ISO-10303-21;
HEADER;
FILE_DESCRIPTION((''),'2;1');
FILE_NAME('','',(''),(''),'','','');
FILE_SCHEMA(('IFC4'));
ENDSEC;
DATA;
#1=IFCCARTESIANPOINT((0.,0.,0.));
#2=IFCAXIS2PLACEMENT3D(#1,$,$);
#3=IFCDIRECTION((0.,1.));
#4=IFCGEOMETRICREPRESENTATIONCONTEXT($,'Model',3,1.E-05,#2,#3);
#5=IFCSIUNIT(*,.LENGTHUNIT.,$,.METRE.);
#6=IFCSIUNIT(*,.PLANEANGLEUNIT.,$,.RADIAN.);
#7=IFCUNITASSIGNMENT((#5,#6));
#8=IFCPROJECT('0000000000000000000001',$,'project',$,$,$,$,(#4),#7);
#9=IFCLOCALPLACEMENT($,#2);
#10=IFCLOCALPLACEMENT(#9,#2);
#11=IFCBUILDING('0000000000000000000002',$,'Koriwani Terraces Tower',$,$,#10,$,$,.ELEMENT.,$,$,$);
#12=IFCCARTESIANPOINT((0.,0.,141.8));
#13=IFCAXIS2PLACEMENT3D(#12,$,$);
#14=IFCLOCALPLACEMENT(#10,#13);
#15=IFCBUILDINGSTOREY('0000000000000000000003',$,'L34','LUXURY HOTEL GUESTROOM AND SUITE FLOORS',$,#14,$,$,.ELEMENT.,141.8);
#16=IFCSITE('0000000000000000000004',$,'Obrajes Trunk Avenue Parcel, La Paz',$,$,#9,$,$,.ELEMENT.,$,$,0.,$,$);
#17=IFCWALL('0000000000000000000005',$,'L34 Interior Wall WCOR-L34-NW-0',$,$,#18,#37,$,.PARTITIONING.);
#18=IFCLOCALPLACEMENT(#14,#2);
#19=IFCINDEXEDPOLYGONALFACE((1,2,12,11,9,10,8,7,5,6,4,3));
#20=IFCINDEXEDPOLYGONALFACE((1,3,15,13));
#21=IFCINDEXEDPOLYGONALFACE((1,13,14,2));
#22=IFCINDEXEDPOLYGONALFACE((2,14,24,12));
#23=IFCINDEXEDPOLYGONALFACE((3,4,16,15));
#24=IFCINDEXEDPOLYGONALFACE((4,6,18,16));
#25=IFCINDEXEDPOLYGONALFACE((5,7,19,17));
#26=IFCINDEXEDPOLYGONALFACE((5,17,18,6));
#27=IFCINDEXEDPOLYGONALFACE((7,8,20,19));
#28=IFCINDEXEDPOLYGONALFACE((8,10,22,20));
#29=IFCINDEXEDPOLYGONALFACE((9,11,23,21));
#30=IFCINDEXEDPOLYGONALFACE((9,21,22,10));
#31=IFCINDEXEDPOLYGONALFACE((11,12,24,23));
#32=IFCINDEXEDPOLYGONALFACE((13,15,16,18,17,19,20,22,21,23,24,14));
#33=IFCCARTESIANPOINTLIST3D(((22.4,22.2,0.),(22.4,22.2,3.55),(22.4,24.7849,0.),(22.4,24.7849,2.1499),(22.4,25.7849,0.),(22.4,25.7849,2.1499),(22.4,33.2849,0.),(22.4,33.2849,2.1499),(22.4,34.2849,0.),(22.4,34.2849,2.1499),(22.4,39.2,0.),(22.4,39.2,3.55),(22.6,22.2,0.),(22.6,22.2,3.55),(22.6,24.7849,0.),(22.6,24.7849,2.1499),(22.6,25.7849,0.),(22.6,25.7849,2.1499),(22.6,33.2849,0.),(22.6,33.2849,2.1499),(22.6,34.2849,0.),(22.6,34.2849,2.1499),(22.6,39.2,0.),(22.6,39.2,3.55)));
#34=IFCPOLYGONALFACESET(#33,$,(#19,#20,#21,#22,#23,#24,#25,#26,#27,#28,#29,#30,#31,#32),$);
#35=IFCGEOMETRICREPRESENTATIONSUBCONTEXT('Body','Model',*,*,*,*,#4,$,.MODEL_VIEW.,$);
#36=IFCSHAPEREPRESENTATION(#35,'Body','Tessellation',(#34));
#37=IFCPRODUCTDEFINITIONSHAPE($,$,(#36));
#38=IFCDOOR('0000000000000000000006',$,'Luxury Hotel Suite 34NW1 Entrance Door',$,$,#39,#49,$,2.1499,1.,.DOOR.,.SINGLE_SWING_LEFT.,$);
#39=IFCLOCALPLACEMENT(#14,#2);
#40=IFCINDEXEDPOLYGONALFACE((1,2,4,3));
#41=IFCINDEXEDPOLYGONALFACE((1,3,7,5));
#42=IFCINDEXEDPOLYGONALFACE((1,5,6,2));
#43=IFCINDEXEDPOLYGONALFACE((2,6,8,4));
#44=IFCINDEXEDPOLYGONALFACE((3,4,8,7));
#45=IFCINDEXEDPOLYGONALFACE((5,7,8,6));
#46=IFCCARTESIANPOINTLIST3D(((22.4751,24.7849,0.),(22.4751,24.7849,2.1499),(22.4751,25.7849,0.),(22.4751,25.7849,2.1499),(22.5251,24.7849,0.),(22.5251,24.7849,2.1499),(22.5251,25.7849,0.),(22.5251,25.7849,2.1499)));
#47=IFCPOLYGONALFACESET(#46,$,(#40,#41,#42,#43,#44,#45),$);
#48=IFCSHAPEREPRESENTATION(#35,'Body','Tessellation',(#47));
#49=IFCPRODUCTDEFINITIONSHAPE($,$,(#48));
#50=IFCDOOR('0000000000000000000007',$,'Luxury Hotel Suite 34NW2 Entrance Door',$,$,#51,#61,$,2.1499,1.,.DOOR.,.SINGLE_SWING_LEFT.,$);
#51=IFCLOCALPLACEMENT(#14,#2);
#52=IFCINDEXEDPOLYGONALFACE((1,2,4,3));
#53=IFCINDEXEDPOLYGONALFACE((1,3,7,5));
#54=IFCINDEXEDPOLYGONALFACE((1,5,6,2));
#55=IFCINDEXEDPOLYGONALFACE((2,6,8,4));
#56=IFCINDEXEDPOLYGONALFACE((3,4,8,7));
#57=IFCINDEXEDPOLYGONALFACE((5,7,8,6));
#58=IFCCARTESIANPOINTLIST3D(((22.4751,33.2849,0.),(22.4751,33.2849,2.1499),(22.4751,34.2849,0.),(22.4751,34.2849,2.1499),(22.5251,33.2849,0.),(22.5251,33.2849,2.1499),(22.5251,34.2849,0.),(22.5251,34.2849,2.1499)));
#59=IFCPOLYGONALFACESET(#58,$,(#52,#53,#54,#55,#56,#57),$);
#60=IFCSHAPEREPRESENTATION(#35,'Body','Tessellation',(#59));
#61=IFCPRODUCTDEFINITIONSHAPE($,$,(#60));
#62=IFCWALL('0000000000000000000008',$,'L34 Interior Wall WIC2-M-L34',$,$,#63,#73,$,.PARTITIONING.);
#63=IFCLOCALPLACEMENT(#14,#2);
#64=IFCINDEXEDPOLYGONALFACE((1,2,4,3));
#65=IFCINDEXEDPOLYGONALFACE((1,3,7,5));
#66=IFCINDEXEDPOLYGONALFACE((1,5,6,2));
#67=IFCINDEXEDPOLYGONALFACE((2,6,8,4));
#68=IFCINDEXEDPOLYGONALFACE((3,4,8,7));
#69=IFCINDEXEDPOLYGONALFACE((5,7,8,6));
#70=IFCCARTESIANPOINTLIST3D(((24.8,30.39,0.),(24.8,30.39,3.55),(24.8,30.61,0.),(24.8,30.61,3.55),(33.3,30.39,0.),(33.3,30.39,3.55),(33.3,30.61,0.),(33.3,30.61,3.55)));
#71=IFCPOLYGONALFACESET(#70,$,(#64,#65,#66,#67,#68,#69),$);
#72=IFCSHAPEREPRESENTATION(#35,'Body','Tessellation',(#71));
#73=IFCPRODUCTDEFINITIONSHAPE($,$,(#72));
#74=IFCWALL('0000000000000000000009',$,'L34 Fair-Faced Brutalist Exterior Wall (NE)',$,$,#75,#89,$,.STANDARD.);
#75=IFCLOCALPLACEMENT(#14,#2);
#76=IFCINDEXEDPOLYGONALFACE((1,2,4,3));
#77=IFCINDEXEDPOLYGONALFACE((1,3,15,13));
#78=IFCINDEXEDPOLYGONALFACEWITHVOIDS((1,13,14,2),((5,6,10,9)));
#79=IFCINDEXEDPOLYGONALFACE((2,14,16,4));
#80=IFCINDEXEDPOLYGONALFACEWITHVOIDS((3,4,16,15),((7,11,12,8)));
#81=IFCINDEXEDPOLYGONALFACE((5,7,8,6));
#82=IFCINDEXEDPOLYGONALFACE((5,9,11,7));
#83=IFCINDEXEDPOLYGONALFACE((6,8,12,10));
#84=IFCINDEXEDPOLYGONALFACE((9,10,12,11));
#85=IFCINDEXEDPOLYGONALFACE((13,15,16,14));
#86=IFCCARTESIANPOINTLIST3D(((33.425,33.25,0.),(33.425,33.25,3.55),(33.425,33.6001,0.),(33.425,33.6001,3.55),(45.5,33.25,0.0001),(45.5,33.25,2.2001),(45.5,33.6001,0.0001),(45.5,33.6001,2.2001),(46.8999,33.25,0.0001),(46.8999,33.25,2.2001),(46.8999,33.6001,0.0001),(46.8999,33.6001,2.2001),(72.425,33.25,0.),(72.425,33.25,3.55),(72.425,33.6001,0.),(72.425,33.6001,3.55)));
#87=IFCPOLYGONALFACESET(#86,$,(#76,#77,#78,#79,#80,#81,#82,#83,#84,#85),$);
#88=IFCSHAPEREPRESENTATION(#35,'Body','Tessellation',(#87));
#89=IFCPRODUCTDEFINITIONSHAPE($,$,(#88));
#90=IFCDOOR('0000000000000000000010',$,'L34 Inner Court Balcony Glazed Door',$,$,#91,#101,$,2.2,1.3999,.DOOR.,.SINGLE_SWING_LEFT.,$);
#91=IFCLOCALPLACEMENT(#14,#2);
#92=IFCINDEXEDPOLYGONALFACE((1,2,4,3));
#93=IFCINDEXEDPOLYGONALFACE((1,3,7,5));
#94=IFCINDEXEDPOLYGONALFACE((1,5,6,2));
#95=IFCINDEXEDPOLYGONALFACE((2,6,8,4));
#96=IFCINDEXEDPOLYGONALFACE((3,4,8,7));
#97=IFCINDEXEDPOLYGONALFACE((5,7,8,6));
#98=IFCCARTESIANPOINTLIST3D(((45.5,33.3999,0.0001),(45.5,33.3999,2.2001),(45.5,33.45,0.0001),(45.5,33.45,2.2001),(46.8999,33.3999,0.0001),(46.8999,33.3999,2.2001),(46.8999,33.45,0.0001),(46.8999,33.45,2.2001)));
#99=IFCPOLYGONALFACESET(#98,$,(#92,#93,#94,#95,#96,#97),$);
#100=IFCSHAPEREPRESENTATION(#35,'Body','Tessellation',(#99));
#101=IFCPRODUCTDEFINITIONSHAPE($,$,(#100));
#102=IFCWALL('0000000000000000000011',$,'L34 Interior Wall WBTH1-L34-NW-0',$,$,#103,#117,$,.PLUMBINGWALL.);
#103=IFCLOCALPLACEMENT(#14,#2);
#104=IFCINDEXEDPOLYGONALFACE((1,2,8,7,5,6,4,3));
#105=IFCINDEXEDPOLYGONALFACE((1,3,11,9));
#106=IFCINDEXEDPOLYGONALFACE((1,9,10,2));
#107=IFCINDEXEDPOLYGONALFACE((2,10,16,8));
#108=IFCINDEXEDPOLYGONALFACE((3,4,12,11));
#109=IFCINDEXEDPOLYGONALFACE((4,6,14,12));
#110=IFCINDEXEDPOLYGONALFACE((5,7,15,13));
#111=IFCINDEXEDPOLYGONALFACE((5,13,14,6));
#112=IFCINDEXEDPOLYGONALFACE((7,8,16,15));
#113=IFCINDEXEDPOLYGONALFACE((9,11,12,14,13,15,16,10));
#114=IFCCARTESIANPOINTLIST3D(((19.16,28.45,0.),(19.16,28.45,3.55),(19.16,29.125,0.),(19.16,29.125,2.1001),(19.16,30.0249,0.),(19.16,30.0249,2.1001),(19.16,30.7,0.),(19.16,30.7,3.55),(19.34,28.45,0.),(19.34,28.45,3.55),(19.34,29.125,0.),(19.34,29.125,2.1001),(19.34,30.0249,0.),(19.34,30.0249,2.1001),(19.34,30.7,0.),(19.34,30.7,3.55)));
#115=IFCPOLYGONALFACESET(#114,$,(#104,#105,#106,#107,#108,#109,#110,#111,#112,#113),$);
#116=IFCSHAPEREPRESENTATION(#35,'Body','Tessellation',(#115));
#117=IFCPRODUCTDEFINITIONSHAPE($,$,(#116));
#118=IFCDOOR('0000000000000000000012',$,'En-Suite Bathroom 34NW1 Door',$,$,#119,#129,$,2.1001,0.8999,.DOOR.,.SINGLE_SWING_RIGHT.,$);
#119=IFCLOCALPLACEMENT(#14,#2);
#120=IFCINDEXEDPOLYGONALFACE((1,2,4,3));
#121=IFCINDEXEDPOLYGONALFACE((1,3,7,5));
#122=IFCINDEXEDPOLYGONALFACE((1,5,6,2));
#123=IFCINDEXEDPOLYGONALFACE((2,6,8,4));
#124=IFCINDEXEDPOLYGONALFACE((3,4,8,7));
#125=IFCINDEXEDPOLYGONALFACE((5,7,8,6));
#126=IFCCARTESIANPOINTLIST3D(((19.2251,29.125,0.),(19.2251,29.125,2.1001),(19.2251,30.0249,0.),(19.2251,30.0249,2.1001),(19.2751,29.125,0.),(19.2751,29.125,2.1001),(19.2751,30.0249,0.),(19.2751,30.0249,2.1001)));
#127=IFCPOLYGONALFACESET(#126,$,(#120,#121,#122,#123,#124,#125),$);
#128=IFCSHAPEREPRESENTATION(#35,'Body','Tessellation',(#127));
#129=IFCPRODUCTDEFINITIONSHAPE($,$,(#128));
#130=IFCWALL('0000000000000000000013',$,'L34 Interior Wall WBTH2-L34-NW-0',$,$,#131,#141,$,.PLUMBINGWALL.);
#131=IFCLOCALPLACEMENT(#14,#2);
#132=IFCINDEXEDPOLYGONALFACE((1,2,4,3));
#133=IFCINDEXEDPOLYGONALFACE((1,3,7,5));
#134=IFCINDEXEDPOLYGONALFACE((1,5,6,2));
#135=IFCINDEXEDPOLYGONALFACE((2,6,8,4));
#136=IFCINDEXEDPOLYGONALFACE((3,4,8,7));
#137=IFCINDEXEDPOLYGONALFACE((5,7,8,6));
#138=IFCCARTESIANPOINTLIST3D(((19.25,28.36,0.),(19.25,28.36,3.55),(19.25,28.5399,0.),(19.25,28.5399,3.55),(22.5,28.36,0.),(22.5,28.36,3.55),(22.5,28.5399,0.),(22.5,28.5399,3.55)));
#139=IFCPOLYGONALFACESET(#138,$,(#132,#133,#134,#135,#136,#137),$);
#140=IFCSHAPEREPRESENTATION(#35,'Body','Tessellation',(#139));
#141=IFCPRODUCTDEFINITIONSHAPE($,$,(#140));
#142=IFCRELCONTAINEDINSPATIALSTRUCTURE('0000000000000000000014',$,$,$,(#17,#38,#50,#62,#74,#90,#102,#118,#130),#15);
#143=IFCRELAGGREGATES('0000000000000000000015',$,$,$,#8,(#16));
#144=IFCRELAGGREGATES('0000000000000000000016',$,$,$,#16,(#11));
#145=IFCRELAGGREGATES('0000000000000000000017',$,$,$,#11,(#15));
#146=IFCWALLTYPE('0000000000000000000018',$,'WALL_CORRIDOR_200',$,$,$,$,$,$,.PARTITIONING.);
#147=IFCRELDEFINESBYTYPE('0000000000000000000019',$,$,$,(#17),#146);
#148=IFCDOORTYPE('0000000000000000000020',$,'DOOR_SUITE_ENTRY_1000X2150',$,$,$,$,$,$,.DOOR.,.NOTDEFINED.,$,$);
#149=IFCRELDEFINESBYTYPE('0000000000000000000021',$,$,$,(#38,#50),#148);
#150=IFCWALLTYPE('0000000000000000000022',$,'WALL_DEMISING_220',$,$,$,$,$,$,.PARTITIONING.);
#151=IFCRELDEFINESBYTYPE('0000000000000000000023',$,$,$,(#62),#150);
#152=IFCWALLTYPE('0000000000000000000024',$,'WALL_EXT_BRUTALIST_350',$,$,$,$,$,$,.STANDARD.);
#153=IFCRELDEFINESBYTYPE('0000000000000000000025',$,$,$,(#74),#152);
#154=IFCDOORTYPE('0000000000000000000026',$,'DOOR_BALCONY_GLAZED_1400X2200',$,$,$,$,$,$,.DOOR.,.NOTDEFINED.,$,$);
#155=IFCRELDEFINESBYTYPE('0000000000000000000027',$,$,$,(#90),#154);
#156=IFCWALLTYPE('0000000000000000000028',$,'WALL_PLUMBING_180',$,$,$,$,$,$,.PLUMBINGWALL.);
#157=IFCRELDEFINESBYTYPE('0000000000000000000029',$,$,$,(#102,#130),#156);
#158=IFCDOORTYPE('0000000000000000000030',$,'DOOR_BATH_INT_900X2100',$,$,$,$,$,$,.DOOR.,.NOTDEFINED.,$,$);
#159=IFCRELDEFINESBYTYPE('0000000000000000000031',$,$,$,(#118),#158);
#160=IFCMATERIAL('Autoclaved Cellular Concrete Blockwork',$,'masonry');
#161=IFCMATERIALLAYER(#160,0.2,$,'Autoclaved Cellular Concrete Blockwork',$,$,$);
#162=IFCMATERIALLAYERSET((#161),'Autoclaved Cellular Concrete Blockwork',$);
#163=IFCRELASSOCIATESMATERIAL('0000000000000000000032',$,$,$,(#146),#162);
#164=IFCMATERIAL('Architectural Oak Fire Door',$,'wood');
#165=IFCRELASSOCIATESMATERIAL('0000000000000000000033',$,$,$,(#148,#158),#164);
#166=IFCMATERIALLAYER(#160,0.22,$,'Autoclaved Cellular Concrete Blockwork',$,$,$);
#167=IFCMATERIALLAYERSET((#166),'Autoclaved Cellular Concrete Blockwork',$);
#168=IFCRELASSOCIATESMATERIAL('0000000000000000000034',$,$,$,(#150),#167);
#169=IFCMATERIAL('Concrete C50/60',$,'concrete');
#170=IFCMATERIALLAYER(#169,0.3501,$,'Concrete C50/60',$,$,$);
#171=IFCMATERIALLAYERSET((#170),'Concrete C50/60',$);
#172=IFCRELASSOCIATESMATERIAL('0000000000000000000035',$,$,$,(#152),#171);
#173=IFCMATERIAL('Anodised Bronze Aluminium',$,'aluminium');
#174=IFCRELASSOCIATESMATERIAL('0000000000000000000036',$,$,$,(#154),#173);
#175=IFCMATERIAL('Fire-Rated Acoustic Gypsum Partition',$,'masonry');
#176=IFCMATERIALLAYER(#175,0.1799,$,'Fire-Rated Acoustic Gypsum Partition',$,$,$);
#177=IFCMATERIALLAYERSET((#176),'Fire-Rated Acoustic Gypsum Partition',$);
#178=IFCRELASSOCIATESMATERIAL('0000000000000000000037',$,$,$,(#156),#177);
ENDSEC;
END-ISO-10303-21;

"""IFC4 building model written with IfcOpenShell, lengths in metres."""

from ifc_helpers import new_model, si_unit, direction, frame, frame_2d, origin, place, context, subcontext, project, spatial, rectangle, extrude, material, layer, layer_set, type_object, element, fill, save


model = new_model("IFC4")

# Units and contexts
model_context = context("Model", 3, precision=1e-05, world=origin(), true_north=direction((0.0, 1.0)))
body_context = subcontext(model_context, "Body", "Model", "MODEL_VIEW")
ifc_project = project(units=[si_unit("LENGTHUNIT", "METRE"), si_unit("PLANEANGLEUNIT", "RADIAN")], contexts=[model_context])

# Site, building, storey
site_placement = place(None, origin())
site = spatial("IfcSite", under=ifc_project, at=site_placement, Name="Obrajes Trunk Avenue Parcel, La Paz", CompositionType="ELEMENT", RefElevation=0.0)
building_placement = place(site_placement, origin())
building = spatial("IfcBuilding", under=site, at=building_placement, Name="Koriwani Terraces Tower", CompositionType="ELEMENT")
storey_placement = place(building_placement, frame((0.0, 0.0, 141.8)))
storey = spatial("IfcBuildingStorey", under=building, at=storey_placement, Name="L34", Description="LUXURY HOTEL GUESTROOM AND SUITE FLOORS", CompositionType="ELEMENT", Elevation=141.8)

# Shared definitions
ifc_material_1 = material(Name="Concrete C50/60", Category="concrete")

# Shared definitions
ifc_material_2 = material(Name="Autoclaved Cellular Concrete Blockwork", Category="masonry")
ifc_layer_1 = layer(ifc_material_2, 0.2, Name="Autoclaved Cellular Concrete Blockwork")
ifc_layer_set_1 = layer_set([ifc_layer_1], Name="Autoclaved Cellular Concrete Blockwork")
wall_type_1 = type_object("IfcWallType", Name="WALL_CORRIDOR_200", PredefinedType="PARTITIONING", material=ifc_layer_set_1)
ifc_material_3 = material(Name="Architectural Oak Fire Door", Category="wood")

# Wall, openings, doors
wall_1_placement = place(storey_placement, frame((22.5, 22.2, 0.0), z_axis=(0.0, 0.0, 1.0), x_axis=(0.0, 1.0, 0.0)))
wall_1 = element("IfcWall", 1, at=wall_1_placement, inside=storey, type_object=wall_type_1, Name="L34 Interior Wall WCOR-L34-NW-0", PredefinedType="PARTITIONING", context=body_context, shape_type="SweptSolid", body=[
    extrude(rectangle(XDim=17.0, YDim=0.2, at=frame_2d((8.5, 0.0))), origin(), (0.0, 0.0, 1.0), 3.55),
])
opening_1_placement = place(wall_1_placement, frame((2.585, 0.0, 0.0)))
opening_1 = element("IfcOpeningElement", 2, at=opening_1_placement, cuts=wall_1, PredefinedType="OPENING", context=body_context, shape_type="SweptSolid", body=[
    extrude(rectangle(XDim=1.0, YDim=2.1499, at=frame_2d((0.5, 1.075))), frame((0.0, 0.1099, 0.0), z_axis=(0.0, -1.0, 0.0), x_axis=(1.0, 0.0, 0.0)), (0.0, 0.0, 1.0), 0.22),
])
opening_2_placement = place(wall_1_placement, frame((11.085, 0.0, 0.0)))
opening_2 = element("IfcOpeningElement", 3, at=opening_2_placement, cuts=wall_1, PredefinedType="OPENING", context=body_context, shape_type="SweptSolid", body=[
    extrude(rectangle(XDim=1.0, YDim=2.1499, at=frame_2d((0.5, 1.075))), frame((0.0, 0.1099, 0.0), z_axis=(0.0, -1.0, 0.0), x_axis=(1.0, 0.0, 0.0)), (0.0, 0.0, 1.0), 0.22),
])
door_type_1 = type_object("IfcDoorType", Name="DOOR_SUITE_ENTRY_1000X2150", OperationType="NOTDEFINED", PredefinedType="DOOR", material=ifc_material_3)
door_1_placement = place(opening_1_placement, origin())
door_1 = element("IfcDoor", 4, at=door_1_placement, inside=storey, type_object=door_type_1, Name="Luxury Hotel Suite 34NW1 Entrance Door", OperationType="SINGLE_SWING_LEFT", OverallHeight=2.1499, OverallWidth=1.0, PredefinedType="DOOR", context=body_context, shape_type="SweptSolid", body=[
    extrude(rectangle(XDim=1.0, YDim=2.1499, at=frame_2d((0.5, 1.075))), frame((0.0, 0.0249, 0.0), z_axis=(0.0, -1.0, 0.0), x_axis=(1.0, 0.0, 0.0)), (0.0, 0.0, 1.0), 0.05),
])
fill(opening_1, door_1)
door_2_placement = place(opening_2_placement, origin())
door_2 = element("IfcDoor", 5, at=door_2_placement, inside=storey, type_object=door_type_1, Name="Luxury Hotel Suite 34NW2 Entrance Door", OperationType="SINGLE_SWING_LEFT", OverallHeight=2.1499, OverallWidth=1.0, PredefinedType="DOOR", context=body_context, shape_type="SweptSolid", body=[
    extrude(rectangle(XDim=1.0, YDim=2.1499, at=frame_2d((0.5, 1.075))), frame((0.0, 0.0249, 0.0), z_axis=(0.0, -1.0, 0.0), x_axis=(1.0, 0.0, 0.0)), (0.0, 0.0, 1.0), 0.05),
])
fill(opening_2, door_2)

# Wall
ifc_layer_2 = layer(ifc_material_2, 0.22, Name="Autoclaved Cellular Concrete Blockwork")
ifc_layer_set_2 = layer_set([ifc_layer_2], Name="Autoclaved Cellular Concrete Blockwork")
wall_type_2 = type_object("IfcWallType", Name="WALL_DEMISING_220", PredefinedType="PARTITIONING", material=ifc_layer_set_2)
wall_2_placement = place(storey_placement, frame((24.8, 30.5, 0.0), z_axis=(0.0, 0.0, 1.0), x_axis=(1.0, 0.0, 0.0)))
element("IfcWall", 6, at=wall_2_placement, inside=storey, type_object=wall_type_2, Name="L34 Interior Wall WIC2-M-L34", PredefinedType="PARTITIONING", context=body_context, shape_type="SweptSolid", body=[
    extrude(rectangle(XDim=8.5, YDim=0.22, at=frame_2d((4.25, 0.0))), origin(), (0.0, 0.0, 1.0), 3.55),
])

# Walls, openings, doors
ifc_layer_3 = layer(ifc_material_1, 0.3501, Name="Concrete C50/60")
ifc_layer_set_3 = layer_set([ifc_layer_3], Name="Concrete C50/60")
wall_type_3 = type_object("IfcWallType", Name="WALL_EXT_BRUTALIST_350", PredefinedType="STANDARD", material=ifc_layer_set_3)
wall_3_placement = place(storey_placement, frame((33.425, 33.425, 0.0), z_axis=(0.0, 0.0, 1.0), x_axis=(1.0, 0.0, 0.0)))
wall_3 = element("IfcWall", 7, at=wall_3_placement, inside=storey, type_object=wall_type_3, Name="L34 Fair-Faced Brutalist Exterior Wall (NE)", PredefinedType="STANDARD", context=body_context, shape_type="SweptSolid", body=[
    extrude(rectangle(XDim=39.0, YDim=0.3501, at=frame_2d((19.5, 0.0))), origin(), (0.0, 0.0, 1.0), 3.55),
])
opening_3_placement = place(wall_3_placement, frame((12.075, 0.0, 0.0)))
opening_3 = element("IfcOpeningElement", 8, at=opening_3_placement, cuts=wall_3, PredefinedType="OPENING", context=body_context, shape_type="SweptSolid", body=[
    extrude(rectangle(XDim=1.3999, YDim=2.2, at=frame_2d((0.7, 1.1001))), frame((0.0, 0.1851, 0.0), z_axis=(0.0, -1.0, 0.0), x_axis=(1.0, 0.0, 0.0)), (0.0, 0.0, 1.0), 0.3701),
])
ifc_material_4 = material(Name="Anodised Bronze Aluminium", Category="aluminium")
door_type_2 = type_object("IfcDoorType", Name="DOOR_BALCONY_GLAZED_1400X2200", OperationType="NOTDEFINED", PredefinedType="DOOR", material=ifc_material_4)
door_3_placement = place(opening_3_placement, origin())
door_3 = element("IfcDoor", 9, at=door_3_placement, inside=storey, type_object=door_type_2, Name="L34 Inner Court Balcony Glazed Door", OperationType="SINGLE_SWING_LEFT", OverallHeight=2.2, OverallWidth=1.3999, PredefinedType="DOOR", context=body_context, shape_type="SweptSolid", body=[
    extrude(rectangle(XDim=1.3999, YDim=2.2, at=frame_2d((0.7, 1.1001))), frame((0.0, 0.0249, 0.0), z_axis=(0.0, -1.0, 0.0), x_axis=(1.0, 0.0, 0.0)), (0.0, 0.0, 1.0), 0.05),
])
fill(opening_3, door_3)
ifc_material_5 = material(Name="Fire-Rated Acoustic Gypsum Partition", Category="masonry")
ifc_layer_4 = layer(ifc_material_5, 0.1799, Name="Fire-Rated Acoustic Gypsum Partition")
ifc_layer_set_4 = layer_set([ifc_layer_4], Name="Fire-Rated Acoustic Gypsum Partition")
wall_type_4 = type_object("IfcWallType", Name="WALL_PLUMBING_180", PredefinedType="PLUMBINGWALL", material=ifc_layer_set_4)
wall_4_placement = place(storey_placement, frame((19.25, 28.45, 0.0), z_axis=(0.0, 0.0, 1.0), x_axis=(0.0, 1.0, 0.0)))
wall_4 = element("IfcWall", 10, at=wall_4_placement, inside=storey, type_object=wall_type_4, Name="L34 Interior Wall WBTH1-L34-NW-0", PredefinedType="PLUMBINGWALL", context=body_context, shape_type="SweptSolid", body=[
    extrude(rectangle(XDim=2.25, YDim=0.1799, at=frame_2d((1.125, 0.0))), origin(), (0.0, 0.0, 1.0), 3.55),
])
opening_4_placement = place(wall_4_placement, frame((0.675, 0.0, 0.0)))
opening_4 = element("IfcOpeningElement", 11, at=opening_4_placement, cuts=wall_4, PredefinedType="OPENING", context=body_context, shape_type="SweptSolid", body=[
    extrude(rectangle(XDim=0.8999, YDim=2.1001, at=frame_2d((0.45, 1.05))), frame((0.0, 0.1001, 0.0), z_axis=(0.0, -1.0, 0.0), x_axis=(1.0, 0.0, 0.0)), (0.0, 0.0, 1.0), 0.2),
])
door_type_3 = type_object("IfcDoorType", Name="DOOR_BATH_INT_900X2100", OperationType="NOTDEFINED", PredefinedType="DOOR", material=ifc_material_3)
door_4_placement = place(opening_4_placement, origin())
door_4 = element("IfcDoor", 12, at=door_4_placement, inside=storey, type_object=door_type_3, Name="En-Suite Bathroom 34NW1 Door", OperationType="SINGLE_SWING_RIGHT", OverallHeight=2.1001, OverallWidth=0.8999, PredefinedType="DOOR", context=body_context, shape_type="SweptSolid", body=[
    extrude(rectangle(XDim=0.8999, YDim=2.1001, at=frame_2d((0.45, 1.05))), frame((0.0, 0.0249, 0.0), z_axis=(0.0, -1.0, 0.0), x_axis=(1.0, 0.0, 0.0)), (0.0, 0.0, 1.0), 0.05),
])
fill(opening_4, door_4)

# Wall
wall_5_placement = place(storey_placement, frame((19.25, 28.45, 0.0), z_axis=(0.0, 0.0, 1.0), x_axis=(1.0, 0.0, 0.0)))
element("IfcWall", 13, at=wall_5_placement, inside=storey, type_object=wall_type_4, Name="L34 Interior Wall WBTH2-L34-NW-0", PredefinedType="PLUMBINGWALL", context=body_context, shape_type="SweptSolid", body=[
    extrude(rectangle(XDim=3.25, YDim=0.1799, at=frame_2d((1.625, 0.0))), origin(), (0.0, 0.0, 1.0), 3.55),
])

save(model, "model.ifc")
